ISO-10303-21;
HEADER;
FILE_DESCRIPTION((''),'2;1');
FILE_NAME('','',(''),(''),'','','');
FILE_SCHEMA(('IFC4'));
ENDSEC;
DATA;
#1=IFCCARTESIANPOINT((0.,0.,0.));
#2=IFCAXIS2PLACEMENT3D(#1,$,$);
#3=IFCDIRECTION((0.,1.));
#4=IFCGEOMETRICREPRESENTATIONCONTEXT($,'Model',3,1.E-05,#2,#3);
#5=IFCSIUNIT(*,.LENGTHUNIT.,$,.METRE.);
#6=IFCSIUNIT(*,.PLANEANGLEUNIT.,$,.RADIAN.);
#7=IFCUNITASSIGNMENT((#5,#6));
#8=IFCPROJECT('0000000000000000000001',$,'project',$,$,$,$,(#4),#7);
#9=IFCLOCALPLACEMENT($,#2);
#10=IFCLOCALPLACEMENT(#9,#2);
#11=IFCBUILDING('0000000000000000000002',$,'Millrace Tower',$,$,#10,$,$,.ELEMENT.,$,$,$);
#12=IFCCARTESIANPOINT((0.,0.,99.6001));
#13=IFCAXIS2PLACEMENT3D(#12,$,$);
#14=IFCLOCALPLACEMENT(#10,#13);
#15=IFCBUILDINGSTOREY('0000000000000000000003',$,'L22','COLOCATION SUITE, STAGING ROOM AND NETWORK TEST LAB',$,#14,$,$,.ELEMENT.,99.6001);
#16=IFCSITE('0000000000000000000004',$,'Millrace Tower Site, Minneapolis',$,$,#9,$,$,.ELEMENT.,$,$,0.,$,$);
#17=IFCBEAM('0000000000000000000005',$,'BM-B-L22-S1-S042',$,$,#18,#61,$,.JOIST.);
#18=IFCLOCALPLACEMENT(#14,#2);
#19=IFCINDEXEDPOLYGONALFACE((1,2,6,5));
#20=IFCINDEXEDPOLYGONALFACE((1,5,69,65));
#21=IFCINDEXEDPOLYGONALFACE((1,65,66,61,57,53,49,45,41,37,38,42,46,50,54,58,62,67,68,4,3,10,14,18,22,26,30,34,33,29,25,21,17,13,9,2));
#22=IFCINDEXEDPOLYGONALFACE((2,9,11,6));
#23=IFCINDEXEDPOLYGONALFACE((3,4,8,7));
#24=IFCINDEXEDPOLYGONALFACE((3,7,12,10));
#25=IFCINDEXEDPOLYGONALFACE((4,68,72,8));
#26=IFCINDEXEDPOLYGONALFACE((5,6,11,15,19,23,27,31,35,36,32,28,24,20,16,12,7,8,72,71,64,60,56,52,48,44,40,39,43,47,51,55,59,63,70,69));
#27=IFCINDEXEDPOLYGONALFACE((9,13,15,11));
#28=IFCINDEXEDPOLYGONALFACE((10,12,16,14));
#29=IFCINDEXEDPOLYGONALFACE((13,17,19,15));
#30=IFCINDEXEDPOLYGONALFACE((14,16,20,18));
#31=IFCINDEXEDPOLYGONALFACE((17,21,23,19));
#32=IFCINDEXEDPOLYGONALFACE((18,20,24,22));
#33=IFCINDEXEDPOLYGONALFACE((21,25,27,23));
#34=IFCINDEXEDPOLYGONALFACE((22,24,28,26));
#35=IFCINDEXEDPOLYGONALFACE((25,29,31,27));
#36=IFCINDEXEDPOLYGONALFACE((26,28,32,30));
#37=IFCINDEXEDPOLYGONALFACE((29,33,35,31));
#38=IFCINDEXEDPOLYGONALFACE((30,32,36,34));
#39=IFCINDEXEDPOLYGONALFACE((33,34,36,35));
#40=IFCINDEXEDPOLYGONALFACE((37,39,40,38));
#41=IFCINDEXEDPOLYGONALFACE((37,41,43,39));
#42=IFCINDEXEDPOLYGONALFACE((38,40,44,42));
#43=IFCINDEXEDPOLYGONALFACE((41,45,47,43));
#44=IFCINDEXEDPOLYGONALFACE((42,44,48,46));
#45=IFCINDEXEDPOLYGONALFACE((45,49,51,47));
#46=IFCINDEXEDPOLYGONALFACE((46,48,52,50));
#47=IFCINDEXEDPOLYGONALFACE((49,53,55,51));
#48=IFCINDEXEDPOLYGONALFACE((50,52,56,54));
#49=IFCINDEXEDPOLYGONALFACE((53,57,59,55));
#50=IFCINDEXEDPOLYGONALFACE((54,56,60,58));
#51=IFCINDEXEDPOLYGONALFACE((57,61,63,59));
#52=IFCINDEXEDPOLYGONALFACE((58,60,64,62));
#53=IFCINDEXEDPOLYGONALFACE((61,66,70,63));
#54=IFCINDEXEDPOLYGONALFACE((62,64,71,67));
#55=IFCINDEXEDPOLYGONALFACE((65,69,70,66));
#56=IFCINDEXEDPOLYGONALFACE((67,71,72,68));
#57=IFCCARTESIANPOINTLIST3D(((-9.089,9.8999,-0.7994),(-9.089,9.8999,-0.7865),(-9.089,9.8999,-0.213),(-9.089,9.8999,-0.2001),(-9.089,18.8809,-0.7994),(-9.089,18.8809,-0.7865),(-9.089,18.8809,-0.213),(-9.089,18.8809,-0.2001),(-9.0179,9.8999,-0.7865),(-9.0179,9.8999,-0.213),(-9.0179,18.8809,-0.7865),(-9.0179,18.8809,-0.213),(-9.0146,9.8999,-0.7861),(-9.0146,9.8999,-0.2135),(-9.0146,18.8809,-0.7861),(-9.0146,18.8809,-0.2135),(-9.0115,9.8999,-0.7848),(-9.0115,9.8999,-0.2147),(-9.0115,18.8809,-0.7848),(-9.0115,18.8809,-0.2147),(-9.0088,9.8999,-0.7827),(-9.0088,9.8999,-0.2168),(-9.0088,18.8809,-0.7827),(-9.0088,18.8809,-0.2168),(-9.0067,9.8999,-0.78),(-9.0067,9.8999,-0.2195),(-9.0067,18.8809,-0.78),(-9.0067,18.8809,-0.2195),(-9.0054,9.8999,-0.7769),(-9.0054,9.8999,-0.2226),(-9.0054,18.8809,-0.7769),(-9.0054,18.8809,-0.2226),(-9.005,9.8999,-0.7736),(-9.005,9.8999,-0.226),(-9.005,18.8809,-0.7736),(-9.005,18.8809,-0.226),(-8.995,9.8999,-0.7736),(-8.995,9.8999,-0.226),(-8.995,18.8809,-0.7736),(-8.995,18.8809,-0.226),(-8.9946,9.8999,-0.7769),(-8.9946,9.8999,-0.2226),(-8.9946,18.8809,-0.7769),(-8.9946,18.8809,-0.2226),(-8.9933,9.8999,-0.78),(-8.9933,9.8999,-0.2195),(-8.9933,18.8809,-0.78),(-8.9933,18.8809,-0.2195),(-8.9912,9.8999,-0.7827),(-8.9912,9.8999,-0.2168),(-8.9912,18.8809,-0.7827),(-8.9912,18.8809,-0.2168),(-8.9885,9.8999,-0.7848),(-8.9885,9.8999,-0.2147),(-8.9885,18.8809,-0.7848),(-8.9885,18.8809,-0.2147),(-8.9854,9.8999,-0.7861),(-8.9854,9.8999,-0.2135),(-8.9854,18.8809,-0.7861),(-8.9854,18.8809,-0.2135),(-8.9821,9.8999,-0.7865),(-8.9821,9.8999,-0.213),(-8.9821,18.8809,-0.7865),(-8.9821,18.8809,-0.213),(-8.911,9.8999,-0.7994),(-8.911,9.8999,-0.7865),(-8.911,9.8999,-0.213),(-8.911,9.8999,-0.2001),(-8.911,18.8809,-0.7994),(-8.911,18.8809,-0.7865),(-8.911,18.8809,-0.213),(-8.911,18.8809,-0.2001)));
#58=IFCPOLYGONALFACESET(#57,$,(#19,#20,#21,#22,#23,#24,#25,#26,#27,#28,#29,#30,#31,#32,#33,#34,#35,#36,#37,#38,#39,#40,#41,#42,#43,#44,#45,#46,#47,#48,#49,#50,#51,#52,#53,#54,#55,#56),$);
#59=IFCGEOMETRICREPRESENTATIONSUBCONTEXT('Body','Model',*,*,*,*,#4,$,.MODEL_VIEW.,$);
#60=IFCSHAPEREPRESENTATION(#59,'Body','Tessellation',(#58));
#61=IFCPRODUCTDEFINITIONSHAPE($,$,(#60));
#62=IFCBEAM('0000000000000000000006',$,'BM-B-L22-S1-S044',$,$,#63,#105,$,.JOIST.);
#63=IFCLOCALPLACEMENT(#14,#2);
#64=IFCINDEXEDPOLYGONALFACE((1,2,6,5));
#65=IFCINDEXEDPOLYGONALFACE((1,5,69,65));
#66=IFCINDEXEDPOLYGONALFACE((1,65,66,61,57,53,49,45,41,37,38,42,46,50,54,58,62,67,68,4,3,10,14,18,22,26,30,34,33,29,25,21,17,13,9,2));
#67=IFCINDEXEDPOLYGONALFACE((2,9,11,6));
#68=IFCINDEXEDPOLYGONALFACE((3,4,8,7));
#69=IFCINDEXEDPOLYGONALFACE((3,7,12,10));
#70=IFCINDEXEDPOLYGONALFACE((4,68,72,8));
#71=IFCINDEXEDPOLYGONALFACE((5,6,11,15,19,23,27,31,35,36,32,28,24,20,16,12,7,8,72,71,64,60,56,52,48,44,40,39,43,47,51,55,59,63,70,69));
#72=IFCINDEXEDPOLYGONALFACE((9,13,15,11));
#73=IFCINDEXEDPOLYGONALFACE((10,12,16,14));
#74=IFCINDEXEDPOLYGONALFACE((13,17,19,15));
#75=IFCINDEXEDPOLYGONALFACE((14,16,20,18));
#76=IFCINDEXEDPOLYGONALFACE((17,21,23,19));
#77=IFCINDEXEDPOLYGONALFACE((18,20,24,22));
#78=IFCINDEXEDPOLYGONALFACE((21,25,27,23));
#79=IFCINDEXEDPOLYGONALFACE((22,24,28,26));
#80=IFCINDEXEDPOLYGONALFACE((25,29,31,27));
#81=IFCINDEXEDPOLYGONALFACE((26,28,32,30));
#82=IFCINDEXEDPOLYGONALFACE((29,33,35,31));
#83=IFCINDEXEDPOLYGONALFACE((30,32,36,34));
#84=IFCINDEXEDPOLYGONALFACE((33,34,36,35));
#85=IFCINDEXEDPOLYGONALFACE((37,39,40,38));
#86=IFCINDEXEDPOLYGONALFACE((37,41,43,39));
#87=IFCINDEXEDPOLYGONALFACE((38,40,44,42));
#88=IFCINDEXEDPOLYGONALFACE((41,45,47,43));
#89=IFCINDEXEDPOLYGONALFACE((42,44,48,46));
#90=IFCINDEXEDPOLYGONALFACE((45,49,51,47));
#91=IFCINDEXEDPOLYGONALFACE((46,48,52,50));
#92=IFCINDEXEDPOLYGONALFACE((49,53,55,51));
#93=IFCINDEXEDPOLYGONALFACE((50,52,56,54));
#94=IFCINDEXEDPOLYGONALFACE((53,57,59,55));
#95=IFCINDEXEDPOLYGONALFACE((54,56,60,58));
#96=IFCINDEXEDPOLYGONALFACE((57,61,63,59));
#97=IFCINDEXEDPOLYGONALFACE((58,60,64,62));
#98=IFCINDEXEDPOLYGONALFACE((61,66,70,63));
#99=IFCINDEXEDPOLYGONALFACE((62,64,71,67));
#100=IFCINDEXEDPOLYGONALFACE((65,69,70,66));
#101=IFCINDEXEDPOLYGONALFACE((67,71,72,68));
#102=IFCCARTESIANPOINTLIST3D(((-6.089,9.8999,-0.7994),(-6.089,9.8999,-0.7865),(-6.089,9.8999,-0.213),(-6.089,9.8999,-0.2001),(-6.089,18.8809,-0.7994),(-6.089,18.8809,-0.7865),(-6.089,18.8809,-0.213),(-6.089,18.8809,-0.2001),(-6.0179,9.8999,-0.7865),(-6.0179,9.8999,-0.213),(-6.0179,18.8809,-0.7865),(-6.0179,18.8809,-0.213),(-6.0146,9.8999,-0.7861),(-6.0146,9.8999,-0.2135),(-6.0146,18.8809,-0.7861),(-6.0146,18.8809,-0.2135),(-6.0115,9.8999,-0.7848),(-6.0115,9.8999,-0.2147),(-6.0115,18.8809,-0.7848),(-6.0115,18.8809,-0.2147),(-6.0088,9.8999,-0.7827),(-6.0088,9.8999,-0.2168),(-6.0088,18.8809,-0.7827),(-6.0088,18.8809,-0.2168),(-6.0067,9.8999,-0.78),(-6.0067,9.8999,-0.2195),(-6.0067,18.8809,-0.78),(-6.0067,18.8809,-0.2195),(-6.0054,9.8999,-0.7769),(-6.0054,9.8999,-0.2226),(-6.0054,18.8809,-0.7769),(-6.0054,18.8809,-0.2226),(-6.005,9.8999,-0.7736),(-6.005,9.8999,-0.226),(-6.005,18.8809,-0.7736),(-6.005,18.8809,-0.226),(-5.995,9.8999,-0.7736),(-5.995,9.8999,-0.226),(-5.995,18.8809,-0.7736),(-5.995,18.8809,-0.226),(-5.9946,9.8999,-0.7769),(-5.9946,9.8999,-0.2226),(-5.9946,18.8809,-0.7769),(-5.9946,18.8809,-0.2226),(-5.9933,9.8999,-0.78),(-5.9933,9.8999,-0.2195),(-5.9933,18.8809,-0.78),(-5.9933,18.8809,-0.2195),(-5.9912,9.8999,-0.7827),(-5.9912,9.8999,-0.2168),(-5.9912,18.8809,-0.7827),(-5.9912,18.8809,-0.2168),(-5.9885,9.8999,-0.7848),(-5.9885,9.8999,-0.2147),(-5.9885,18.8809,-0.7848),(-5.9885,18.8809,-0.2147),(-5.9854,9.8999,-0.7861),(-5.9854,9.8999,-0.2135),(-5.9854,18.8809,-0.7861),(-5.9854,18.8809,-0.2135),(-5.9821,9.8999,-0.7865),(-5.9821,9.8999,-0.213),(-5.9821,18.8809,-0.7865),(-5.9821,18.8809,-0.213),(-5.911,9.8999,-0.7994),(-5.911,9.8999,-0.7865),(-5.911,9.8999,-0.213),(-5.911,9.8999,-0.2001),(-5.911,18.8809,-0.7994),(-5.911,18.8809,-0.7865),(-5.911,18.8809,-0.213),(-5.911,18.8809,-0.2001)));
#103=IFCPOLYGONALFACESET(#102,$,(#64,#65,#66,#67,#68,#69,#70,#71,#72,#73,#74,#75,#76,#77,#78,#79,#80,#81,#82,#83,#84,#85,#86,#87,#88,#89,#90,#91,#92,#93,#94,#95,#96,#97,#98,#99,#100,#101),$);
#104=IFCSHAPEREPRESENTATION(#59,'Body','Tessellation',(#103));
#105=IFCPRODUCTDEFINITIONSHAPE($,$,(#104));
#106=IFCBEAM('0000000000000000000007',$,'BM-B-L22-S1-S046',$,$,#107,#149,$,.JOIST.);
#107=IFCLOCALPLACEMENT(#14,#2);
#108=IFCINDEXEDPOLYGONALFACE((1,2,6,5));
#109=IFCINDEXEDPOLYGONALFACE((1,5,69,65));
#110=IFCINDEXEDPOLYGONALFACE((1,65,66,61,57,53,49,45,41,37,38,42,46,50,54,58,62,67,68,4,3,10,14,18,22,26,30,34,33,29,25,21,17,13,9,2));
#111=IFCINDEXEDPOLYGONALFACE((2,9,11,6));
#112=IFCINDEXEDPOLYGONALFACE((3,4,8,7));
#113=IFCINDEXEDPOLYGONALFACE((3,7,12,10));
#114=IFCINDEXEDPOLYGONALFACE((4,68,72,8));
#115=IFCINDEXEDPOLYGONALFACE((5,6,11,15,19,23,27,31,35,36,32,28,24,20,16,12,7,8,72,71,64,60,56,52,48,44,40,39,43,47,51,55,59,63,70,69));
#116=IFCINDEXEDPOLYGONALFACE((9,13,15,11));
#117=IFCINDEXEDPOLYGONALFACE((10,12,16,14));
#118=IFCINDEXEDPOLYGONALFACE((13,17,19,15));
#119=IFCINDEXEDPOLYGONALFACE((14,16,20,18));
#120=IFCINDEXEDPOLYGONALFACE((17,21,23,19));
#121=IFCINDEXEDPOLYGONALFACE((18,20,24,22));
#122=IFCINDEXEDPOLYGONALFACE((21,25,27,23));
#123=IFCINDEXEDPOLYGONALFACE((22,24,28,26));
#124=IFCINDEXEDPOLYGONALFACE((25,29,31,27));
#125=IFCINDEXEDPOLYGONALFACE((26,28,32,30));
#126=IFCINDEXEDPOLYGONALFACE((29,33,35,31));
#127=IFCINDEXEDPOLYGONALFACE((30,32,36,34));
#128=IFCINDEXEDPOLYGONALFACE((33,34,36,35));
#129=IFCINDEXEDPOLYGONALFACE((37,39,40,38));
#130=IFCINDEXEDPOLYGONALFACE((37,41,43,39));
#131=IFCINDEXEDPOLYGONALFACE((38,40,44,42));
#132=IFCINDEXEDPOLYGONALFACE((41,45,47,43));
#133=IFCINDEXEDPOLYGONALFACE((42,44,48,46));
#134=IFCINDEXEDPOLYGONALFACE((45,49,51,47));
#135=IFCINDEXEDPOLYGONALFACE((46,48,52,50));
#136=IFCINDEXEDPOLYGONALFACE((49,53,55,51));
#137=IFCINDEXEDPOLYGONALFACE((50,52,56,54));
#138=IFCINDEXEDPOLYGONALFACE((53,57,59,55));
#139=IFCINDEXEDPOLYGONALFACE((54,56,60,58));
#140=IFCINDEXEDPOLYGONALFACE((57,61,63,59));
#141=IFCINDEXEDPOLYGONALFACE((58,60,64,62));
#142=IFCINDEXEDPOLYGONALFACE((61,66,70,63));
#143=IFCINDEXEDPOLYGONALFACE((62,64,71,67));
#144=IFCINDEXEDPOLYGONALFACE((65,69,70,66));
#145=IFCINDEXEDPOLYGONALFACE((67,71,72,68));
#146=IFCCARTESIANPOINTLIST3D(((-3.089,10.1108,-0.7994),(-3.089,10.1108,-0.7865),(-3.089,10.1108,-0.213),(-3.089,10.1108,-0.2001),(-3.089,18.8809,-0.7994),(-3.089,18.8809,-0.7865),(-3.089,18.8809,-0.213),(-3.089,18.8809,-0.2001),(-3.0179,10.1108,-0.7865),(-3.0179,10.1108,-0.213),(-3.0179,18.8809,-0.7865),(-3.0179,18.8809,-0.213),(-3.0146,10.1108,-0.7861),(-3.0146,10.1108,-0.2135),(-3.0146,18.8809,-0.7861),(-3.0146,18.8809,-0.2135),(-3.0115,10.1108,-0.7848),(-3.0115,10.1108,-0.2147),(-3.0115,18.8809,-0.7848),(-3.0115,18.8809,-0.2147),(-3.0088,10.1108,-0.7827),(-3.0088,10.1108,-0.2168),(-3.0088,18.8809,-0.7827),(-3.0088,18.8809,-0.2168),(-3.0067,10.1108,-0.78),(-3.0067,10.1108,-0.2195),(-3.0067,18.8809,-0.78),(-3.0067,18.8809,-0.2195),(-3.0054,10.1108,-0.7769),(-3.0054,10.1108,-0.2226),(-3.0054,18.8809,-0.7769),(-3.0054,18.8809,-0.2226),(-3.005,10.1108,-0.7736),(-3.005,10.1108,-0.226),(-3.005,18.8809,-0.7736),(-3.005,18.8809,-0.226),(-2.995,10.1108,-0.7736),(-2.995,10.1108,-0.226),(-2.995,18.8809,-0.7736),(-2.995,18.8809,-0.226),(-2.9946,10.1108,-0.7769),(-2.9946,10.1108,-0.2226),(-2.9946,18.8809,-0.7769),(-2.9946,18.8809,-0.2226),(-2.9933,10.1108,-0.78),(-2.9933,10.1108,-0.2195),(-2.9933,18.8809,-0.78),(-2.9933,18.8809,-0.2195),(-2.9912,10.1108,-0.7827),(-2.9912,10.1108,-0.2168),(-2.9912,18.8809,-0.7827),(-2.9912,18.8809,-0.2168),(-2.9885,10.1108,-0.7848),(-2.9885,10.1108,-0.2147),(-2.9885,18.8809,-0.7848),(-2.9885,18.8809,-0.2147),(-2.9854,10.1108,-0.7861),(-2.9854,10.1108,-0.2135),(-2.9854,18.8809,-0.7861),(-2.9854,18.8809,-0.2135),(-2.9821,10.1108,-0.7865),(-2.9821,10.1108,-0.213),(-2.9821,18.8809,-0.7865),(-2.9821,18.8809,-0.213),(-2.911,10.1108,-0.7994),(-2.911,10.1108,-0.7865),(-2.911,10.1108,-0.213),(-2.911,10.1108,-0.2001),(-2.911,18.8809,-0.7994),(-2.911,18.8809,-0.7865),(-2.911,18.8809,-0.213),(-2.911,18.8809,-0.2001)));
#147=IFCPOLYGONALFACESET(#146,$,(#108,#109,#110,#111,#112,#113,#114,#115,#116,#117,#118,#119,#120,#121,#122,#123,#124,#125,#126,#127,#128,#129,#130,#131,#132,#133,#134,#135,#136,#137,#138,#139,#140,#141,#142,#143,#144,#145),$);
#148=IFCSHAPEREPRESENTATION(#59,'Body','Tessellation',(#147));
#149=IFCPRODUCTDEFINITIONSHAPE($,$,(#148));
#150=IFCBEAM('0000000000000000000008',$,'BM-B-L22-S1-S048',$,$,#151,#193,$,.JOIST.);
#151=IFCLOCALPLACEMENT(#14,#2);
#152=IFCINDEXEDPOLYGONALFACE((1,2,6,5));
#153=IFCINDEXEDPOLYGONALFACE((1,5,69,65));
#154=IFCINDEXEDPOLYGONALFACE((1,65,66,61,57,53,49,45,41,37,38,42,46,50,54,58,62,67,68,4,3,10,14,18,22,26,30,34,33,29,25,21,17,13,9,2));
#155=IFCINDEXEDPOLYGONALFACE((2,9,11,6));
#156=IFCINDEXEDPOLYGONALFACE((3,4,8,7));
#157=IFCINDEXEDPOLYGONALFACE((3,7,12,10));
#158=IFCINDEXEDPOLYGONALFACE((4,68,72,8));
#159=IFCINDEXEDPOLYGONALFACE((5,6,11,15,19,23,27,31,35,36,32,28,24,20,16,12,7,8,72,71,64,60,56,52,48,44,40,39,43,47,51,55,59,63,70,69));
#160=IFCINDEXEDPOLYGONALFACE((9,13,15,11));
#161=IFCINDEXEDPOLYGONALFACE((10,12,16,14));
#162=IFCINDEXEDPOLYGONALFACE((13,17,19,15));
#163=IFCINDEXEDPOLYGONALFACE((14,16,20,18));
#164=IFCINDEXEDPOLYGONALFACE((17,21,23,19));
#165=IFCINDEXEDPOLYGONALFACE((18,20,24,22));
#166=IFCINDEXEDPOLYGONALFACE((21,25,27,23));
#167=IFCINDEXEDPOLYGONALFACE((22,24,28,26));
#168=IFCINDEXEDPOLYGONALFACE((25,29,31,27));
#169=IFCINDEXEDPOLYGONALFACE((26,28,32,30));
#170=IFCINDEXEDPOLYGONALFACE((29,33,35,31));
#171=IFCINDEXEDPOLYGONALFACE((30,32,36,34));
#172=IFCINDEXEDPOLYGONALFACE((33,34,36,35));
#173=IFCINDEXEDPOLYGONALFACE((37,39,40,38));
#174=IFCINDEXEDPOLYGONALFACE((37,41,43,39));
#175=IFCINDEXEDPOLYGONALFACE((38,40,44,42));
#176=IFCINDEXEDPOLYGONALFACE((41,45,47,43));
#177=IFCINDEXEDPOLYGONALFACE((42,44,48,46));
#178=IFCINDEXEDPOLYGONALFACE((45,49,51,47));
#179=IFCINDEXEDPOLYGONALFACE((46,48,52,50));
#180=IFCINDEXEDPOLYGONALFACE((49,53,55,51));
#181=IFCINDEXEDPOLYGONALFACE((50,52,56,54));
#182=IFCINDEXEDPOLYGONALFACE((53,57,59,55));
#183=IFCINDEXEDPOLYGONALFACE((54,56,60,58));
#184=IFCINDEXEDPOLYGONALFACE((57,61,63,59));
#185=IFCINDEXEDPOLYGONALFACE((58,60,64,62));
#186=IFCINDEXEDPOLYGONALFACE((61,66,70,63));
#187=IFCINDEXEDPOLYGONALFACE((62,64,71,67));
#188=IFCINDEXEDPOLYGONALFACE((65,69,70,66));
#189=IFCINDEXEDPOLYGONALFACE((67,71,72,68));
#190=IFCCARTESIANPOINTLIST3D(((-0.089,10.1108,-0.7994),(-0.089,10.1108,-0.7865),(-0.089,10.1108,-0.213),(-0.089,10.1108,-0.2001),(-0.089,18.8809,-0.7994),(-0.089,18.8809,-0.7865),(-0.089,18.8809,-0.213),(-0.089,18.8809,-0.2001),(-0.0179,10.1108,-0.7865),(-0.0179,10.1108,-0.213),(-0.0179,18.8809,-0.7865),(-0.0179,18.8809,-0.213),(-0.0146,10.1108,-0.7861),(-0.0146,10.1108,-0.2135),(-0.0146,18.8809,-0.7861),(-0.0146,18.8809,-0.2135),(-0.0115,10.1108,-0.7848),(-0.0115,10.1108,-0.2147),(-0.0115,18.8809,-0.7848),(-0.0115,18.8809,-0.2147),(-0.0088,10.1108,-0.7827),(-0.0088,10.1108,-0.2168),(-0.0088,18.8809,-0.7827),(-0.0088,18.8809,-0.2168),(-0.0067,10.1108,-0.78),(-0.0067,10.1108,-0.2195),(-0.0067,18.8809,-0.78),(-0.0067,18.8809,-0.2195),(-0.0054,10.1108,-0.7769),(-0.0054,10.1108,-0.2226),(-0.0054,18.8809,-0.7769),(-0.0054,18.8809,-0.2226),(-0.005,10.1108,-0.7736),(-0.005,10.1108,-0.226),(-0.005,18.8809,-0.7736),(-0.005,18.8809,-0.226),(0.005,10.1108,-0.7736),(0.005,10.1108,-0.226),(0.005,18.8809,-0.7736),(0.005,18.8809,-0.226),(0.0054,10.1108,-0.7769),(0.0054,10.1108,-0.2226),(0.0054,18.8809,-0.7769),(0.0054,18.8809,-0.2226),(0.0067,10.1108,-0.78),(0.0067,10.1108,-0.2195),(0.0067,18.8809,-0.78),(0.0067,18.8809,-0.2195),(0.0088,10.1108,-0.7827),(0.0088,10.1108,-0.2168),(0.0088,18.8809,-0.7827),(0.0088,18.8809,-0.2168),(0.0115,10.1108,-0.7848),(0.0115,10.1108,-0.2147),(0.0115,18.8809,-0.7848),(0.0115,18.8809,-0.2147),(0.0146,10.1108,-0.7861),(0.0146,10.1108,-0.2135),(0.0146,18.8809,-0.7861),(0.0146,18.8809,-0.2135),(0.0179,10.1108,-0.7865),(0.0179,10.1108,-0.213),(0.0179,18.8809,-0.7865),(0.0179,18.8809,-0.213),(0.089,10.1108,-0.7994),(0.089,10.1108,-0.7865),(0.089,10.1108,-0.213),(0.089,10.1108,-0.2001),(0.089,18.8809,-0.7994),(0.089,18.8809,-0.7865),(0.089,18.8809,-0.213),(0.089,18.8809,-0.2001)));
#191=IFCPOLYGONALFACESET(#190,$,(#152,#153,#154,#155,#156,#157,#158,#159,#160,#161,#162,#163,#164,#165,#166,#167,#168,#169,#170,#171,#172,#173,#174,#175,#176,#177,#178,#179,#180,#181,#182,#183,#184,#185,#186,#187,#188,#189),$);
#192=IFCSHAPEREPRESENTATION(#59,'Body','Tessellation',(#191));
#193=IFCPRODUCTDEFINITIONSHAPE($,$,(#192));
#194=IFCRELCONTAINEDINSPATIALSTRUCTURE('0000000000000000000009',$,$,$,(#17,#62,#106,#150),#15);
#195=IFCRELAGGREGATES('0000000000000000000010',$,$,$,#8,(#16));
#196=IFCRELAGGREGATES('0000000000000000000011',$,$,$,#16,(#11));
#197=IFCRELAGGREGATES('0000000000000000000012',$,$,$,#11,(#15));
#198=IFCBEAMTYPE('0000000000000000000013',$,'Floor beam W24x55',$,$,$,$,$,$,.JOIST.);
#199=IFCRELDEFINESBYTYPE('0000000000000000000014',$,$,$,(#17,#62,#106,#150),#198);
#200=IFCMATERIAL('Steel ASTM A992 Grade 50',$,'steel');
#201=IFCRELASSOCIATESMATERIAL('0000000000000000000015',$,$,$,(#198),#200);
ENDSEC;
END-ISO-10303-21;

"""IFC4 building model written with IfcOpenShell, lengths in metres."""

from ifc_helpers import new_model, si_unit, direction, frame, origin, origin_2d, place, context, subcontext, project, spatial, i_section, extrude, material, material_profile, profile_set, type_object, element, save


model = new_model("IFC4")

# Units and contexts
model_context = context("Model", 3, precision=1e-05, world=origin(), true_north=direction((0.0, 1.0)))
body_context = subcontext(model_context, "Body", "Model", "MODEL_VIEW")
ifc_project = project(units=[si_unit("LENGTHUNIT", "METRE"), si_unit("PLANEANGLEUNIT", "RADIAN")], contexts=[model_context])

# Site, building, storey
site_placement = place(None, origin())
site = spatial("IfcSite", under=ifc_project, at=site_placement, Name="Millrace Tower Site, Minneapolis", CompositionType="ELEMENT", RefElevation=0.0)
building_placement = place(site_placement, origin())
building = spatial("IfcBuilding", under=site, at=building_placement, Name="Millrace Tower", CompositionType="ELEMENT")
storey_placement = place(building_placement, frame((0.0, 0.0, 99.6001)))
storey = spatial("IfcBuildingStorey", under=building, at=storey_placement, Name="L22", Description="COLOCATION SUITE, STAGING ROOM AND NETWORK TEST LAB", CompositionType="ELEMENT", Elevation=99.6001)

# Beams
ifc_material_1 = material(Name="Steel ASTM A992 Grade 50", Category="steel")
ifc_material_profile_1 = material_profile(ifc_material_1, i_section(OverallWidth=0.178, OverallDepth=0.5994, WebThickness=0.01, FlangeThickness=0.0129, FilletRadius=0.0129, at=origin_2d()))
ifc_profile_set_1 = profile_set([ifc_material_profile_1], Name="Steel ASTM A992 Grade 50")
beam_type_1 = type_object("IfcBeamType", Name="Floor beam W24x55", PredefinedType="JOIST", material=ifc_profile_set_1)
for number, where, z_axis, x_axis, name in (
    (1, (-9.0, 9.8999, -0.4998), (0.0, 1.0, 0.0), (-1.0, 0.0, 0.0), "BM-B-L22-S1-S042"),
    (2, (-6.0, 9.8999, -0.4998), (0.0, 1.0, 0.0), (-1.0, 0.0, 0.0), "BM-B-L22-S1-S044"),
):
    element("IfcBeam", number, at=place(storey_placement, frame(where, z_axis=z_axis, x_axis=x_axis)), inside=storey, type_object=beam_type_1, Name=name, PredefinedType="JOIST", context=body_context, shape_type="SweptSolid", body=[
        extrude(i_section(OverallWidth=0.178, OverallDepth=0.5994, WebThickness=0.01, FlangeThickness=0.0129, FilletRadius=0.0129, at=origin_2d()), origin(), (0.0, 0.0, 1.0), 8.981),
    ])
for number, where, z_axis, x_axis, name in (
    (3, (-3.0, 10.1108, -0.4998), (0.0, 1.0, 0.0), (-1.0, 0.0, 0.0), "BM-B-L22-S1-S046"),
    (4, (0.0, 10.1108, -0.4998), (0.0, 1.0, 0.0), (-1.0, 0.0, 0.0), "BM-B-L22-S1-S048"),
):
    element("IfcBeam", number, at=place(storey_placement, frame(where, z_axis=z_axis, x_axis=x_axis)), inside=storey, type_object=beam_type_1, Name=name, PredefinedType="JOIST", context=body_context, shape_type="SweptSolid", body=[
        extrude(i_section(OverallWidth=0.178, OverallDepth=0.5994, WebThickness=0.01, FlangeThickness=0.0129, FilletRadius=0.0129, at=origin_2d()), origin(), (0.0, 0.0, 1.0), 8.77),
    ])

save(model, "model.ifc")
